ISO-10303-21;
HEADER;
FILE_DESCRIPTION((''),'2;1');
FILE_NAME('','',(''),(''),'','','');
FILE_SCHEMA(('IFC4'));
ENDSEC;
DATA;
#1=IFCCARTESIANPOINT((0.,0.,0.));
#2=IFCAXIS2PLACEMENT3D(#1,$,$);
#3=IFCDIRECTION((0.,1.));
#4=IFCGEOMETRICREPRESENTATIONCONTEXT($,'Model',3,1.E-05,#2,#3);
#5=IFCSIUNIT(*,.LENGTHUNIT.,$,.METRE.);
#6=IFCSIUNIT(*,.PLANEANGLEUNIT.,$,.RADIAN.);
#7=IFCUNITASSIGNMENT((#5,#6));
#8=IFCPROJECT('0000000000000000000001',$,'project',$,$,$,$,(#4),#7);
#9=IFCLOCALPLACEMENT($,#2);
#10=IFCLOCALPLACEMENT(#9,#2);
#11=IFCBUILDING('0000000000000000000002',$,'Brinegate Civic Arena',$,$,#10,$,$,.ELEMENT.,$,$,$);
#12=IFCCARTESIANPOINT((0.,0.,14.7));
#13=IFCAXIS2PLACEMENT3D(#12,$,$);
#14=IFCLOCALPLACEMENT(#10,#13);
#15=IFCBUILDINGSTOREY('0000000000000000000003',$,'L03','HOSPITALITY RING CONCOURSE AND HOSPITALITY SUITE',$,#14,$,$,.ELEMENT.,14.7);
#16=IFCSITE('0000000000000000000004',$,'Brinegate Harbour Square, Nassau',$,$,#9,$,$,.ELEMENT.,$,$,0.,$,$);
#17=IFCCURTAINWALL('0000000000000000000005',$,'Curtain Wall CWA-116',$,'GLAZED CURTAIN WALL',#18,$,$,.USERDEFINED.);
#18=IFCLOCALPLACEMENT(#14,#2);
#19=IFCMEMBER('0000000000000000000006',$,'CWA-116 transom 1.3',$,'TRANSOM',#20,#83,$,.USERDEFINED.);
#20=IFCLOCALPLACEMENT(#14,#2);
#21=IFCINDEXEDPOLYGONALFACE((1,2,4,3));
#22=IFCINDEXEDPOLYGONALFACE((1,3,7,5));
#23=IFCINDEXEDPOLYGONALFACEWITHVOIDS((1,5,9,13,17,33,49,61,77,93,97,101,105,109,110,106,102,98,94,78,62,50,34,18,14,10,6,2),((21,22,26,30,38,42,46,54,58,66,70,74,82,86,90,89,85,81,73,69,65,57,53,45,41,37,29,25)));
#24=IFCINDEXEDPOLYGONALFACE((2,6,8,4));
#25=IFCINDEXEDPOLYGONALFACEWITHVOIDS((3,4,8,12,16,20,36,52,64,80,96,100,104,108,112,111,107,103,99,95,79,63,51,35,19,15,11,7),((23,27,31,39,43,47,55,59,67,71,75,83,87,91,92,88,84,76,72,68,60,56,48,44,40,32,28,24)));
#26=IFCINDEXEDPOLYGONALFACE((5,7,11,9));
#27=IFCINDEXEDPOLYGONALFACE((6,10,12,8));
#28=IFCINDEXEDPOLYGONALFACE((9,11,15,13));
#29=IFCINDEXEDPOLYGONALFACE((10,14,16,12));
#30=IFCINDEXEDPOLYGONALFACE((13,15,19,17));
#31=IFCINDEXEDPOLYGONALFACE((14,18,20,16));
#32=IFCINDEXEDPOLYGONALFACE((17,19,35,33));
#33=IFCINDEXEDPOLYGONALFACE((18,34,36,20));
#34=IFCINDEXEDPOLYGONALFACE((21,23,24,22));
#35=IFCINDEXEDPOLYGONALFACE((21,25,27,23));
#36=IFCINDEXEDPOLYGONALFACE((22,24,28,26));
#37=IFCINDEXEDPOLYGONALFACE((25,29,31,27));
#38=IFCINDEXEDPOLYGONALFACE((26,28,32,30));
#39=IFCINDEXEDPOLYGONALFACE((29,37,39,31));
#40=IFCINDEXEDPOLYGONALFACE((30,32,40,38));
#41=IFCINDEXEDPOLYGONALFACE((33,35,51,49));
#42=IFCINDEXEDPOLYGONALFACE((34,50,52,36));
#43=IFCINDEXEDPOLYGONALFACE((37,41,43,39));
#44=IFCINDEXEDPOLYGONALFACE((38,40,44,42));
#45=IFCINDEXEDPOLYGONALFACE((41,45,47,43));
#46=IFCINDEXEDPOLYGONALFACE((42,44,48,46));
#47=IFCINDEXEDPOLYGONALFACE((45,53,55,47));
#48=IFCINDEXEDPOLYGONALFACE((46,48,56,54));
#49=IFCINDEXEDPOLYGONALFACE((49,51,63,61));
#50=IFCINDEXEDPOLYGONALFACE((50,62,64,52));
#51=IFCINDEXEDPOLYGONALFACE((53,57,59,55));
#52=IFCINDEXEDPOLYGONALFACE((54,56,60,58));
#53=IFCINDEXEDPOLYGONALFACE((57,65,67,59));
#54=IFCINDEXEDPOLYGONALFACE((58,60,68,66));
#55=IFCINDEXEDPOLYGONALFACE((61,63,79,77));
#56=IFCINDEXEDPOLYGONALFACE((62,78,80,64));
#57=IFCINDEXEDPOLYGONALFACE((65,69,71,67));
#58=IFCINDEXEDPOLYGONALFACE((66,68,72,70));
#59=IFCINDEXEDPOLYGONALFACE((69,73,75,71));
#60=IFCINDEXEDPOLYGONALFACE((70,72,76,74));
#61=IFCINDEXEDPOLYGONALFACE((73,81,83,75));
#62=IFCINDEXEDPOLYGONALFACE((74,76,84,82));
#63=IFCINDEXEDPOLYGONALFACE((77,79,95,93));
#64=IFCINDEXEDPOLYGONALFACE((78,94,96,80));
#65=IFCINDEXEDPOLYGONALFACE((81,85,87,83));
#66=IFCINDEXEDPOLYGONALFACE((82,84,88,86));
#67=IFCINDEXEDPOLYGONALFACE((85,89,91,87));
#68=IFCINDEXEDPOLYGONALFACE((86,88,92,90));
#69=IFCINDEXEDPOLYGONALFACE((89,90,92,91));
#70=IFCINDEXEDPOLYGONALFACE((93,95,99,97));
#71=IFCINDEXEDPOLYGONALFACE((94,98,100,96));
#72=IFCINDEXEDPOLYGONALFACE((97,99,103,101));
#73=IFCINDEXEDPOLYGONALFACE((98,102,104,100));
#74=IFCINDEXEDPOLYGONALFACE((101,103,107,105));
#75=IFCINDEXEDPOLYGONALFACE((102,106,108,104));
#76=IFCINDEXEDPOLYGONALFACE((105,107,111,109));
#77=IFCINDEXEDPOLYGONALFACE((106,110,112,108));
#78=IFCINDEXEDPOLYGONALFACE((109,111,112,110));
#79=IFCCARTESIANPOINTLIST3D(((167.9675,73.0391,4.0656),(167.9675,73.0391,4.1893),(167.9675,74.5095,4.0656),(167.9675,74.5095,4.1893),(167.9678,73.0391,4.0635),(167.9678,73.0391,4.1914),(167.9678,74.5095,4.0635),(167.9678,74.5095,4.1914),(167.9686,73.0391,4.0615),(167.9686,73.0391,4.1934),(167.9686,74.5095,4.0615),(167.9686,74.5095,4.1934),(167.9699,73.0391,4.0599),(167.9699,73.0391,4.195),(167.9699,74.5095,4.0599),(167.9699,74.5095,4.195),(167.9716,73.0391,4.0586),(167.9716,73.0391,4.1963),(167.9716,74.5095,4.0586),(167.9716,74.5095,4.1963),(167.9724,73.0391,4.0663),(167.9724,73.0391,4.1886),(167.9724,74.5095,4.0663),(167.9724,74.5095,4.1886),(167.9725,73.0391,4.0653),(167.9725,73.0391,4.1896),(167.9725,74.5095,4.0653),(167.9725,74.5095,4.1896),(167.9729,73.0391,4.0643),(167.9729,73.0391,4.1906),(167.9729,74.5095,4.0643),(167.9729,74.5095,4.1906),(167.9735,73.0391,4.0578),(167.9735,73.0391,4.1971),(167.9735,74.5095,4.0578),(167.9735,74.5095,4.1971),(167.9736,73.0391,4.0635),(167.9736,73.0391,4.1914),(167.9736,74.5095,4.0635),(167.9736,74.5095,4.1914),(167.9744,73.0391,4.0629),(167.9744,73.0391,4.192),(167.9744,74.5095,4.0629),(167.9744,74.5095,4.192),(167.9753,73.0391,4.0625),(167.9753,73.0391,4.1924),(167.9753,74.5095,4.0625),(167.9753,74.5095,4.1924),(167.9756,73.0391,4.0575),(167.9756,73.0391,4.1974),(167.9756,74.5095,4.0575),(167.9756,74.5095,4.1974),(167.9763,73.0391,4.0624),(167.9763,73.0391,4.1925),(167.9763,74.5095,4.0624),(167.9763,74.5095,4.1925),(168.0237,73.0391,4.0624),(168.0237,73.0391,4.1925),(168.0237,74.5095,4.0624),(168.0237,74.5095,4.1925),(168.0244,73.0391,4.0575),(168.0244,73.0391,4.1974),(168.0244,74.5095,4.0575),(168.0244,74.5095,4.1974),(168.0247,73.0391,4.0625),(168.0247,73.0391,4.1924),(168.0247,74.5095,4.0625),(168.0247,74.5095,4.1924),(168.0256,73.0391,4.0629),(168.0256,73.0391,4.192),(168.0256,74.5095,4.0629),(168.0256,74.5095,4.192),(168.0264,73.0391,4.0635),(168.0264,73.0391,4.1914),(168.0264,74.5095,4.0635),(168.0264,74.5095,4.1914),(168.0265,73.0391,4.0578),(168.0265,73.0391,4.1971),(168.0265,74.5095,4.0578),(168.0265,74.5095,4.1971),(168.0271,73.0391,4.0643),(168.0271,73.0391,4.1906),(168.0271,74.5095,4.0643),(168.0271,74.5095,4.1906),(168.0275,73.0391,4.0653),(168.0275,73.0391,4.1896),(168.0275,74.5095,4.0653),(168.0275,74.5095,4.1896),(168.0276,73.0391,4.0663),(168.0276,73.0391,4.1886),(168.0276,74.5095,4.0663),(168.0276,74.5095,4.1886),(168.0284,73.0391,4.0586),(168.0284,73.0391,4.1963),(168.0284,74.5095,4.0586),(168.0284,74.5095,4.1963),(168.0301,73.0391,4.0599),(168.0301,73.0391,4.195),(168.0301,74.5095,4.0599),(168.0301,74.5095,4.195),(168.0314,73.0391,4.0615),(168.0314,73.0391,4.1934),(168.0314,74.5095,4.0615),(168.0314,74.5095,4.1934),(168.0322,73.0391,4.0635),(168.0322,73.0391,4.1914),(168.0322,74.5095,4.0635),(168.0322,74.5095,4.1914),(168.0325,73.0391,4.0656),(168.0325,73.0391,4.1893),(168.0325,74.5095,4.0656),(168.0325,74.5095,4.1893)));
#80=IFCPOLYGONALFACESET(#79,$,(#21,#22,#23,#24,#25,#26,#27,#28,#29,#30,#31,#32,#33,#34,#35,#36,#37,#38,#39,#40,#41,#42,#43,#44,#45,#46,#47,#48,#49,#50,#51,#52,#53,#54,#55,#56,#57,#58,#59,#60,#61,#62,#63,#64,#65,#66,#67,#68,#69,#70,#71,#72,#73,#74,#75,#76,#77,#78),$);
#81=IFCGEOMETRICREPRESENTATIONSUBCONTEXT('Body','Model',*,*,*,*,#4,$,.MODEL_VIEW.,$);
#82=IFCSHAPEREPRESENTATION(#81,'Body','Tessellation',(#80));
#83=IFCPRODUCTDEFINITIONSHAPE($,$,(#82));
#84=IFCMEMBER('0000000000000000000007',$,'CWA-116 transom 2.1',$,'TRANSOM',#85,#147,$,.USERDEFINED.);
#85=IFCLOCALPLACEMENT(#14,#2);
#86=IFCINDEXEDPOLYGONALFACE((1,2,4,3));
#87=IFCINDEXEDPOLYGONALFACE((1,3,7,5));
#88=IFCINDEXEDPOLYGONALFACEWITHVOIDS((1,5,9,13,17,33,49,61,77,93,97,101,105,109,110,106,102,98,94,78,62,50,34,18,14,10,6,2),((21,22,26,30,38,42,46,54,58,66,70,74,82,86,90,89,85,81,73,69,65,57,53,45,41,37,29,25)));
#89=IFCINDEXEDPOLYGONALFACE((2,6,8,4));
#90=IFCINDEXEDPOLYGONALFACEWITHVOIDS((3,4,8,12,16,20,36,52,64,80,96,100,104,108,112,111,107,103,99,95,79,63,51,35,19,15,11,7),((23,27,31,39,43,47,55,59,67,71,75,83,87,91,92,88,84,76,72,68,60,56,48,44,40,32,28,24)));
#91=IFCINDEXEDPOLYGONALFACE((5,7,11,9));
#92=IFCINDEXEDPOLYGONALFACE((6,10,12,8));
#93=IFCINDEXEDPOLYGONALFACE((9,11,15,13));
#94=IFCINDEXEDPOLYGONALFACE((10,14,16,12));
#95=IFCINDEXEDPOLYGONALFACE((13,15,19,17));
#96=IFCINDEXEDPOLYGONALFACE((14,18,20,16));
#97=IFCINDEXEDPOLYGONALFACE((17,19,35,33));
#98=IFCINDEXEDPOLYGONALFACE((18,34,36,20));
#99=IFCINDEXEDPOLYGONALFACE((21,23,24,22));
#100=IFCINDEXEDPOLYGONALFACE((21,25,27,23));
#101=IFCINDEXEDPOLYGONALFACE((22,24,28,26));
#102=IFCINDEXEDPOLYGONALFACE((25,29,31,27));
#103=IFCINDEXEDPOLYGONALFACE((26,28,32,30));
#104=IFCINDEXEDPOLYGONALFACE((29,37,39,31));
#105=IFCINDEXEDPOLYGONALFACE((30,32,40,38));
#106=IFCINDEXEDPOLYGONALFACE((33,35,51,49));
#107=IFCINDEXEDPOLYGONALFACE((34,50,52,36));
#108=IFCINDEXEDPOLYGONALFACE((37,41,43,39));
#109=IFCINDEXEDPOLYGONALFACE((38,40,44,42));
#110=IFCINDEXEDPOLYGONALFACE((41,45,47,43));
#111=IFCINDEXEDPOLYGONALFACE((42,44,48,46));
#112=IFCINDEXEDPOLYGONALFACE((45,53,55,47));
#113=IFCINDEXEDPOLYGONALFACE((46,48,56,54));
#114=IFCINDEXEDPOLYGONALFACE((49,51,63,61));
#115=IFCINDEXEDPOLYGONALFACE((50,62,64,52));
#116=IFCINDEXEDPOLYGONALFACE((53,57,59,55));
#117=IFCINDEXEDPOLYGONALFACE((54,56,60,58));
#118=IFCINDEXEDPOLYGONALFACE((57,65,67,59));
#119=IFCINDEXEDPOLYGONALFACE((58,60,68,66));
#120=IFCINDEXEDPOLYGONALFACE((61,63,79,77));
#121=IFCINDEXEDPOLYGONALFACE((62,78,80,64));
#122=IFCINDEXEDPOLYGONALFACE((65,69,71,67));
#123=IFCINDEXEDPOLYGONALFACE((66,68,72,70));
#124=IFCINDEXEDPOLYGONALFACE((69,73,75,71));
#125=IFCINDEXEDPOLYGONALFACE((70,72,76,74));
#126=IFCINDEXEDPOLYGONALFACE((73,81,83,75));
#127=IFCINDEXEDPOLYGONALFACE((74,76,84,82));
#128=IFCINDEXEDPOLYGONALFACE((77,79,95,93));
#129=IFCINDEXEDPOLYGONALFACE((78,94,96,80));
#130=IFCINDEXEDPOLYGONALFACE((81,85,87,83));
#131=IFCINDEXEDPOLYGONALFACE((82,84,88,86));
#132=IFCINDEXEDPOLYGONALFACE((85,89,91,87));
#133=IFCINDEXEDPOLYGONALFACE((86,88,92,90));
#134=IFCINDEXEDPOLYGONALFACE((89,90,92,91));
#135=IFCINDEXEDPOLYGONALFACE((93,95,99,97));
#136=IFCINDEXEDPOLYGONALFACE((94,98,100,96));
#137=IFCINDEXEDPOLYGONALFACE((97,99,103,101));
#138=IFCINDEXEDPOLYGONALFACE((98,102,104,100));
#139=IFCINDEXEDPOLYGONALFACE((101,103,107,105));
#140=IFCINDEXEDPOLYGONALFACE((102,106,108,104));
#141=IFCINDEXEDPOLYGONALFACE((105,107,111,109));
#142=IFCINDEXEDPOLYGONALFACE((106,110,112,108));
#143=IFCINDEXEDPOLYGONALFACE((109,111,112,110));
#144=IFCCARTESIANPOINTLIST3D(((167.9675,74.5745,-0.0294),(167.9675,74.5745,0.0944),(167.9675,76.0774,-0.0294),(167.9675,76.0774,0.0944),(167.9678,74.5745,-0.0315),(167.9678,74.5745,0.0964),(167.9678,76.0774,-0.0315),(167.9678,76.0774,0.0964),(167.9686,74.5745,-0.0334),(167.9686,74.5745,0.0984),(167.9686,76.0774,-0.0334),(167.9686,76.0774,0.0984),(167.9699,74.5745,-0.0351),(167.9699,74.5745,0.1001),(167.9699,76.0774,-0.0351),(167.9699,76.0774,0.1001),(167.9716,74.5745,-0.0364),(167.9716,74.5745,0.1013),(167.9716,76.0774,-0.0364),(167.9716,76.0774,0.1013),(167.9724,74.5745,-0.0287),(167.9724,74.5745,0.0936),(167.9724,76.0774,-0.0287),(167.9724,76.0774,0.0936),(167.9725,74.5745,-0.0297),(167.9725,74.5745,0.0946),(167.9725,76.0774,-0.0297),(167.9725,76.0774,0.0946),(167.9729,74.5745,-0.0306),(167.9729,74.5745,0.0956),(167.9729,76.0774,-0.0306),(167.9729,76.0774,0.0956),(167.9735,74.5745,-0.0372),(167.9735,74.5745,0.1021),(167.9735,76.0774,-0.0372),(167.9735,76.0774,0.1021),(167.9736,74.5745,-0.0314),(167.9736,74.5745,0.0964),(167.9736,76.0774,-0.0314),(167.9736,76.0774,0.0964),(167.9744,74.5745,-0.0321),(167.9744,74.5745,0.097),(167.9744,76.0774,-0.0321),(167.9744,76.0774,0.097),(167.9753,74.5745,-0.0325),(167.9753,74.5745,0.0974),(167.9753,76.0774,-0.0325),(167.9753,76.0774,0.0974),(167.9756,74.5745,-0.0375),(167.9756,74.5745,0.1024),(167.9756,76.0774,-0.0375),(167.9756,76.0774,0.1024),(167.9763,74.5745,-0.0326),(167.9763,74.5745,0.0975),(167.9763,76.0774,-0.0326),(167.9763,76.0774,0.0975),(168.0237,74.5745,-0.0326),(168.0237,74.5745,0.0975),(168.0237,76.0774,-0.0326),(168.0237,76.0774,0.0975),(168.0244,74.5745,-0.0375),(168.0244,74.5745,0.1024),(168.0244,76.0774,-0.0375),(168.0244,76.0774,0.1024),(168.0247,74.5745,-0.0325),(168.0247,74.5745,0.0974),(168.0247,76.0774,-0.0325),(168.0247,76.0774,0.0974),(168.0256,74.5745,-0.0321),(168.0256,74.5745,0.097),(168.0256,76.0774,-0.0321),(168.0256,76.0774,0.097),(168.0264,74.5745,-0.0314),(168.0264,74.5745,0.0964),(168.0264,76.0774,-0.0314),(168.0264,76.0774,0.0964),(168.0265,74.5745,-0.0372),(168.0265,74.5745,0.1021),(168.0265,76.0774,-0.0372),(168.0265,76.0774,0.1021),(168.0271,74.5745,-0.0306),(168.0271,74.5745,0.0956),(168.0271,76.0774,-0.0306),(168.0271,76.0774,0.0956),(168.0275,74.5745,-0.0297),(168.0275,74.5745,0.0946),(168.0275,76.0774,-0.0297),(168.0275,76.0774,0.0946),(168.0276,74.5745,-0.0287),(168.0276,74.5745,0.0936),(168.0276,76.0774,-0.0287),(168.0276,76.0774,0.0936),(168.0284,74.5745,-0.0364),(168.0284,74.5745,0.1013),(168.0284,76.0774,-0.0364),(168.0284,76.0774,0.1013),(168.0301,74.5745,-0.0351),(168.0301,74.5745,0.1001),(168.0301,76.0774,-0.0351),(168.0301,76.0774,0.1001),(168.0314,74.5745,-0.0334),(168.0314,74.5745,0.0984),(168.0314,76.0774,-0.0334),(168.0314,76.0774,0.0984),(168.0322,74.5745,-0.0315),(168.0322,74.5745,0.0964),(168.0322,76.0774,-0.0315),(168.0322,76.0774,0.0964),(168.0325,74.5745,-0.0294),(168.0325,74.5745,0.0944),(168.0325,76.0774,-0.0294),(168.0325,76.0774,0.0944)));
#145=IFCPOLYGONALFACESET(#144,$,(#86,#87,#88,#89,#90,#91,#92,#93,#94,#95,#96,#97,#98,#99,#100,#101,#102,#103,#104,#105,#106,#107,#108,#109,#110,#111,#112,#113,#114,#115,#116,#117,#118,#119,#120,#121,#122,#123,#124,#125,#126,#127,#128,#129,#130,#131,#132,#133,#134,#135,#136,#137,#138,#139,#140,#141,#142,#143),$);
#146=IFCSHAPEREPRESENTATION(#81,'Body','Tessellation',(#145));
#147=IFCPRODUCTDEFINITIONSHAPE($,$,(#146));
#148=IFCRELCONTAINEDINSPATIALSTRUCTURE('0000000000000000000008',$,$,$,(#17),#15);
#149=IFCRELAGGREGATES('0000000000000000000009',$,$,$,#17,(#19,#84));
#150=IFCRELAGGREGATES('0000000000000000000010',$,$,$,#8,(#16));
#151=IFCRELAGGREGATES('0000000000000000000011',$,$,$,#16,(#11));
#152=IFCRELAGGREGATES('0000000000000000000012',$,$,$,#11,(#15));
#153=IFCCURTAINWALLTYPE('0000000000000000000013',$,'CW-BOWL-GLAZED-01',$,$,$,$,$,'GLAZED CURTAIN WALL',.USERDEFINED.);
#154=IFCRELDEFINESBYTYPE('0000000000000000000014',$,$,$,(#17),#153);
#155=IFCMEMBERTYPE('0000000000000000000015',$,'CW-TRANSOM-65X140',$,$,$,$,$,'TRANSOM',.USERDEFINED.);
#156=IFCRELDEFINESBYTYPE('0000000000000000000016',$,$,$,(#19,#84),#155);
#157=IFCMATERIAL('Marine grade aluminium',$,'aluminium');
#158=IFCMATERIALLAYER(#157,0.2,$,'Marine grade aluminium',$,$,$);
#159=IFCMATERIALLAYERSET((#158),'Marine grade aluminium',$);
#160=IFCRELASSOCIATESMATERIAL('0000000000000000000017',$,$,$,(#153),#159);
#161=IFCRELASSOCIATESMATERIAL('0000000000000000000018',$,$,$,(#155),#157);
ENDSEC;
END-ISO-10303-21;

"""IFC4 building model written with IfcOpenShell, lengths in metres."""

from ifc_helpers import new_model, si_unit, direction, frame, origin, origin_2d, place, context, subcontext, project, spatial, hollow_rectangle, extrude, material, layer, layer_set, material_profile, profile_set, type_object, element, aggregate, save


model = new_model("IFC4")

# Units and contexts
model_context = context("Model", 3, precision=1e-05, world=origin(), true_north=direction((0.0, 1.0)))
body_context = subcontext(model_context, "Body", "Model", "MODEL_VIEW")
ifc_project = project(units=[si_unit("LENGTHUNIT", "METRE"), si_unit("PLANEANGLEUNIT", "RADIAN")], contexts=[model_context])

# Site, building, storey
site_placement = place(None, origin())
site = spatial("IfcSite", under=ifc_project, at=site_placement, Name="Brinegate Harbour Square, Nassau", CompositionType="ELEMENT", RefElevation=0.0)
building_placement = place(site_placement, origin())
building = spatial("IfcBuilding", under=site, at=building_placement, Name="Brinegate Civic Arena", CompositionType="ELEMENT")
storey_placement = place(building_placement, frame((0.0, 0.0, 14.7)))
storey = spatial("IfcBuildingStorey", under=building, at=storey_placement, Name="L03", Description="HOSPITALITY RING CONCOURSE AND HOSPITALITY SUITE", CompositionType="ELEMENT", Elevation=14.7)

# Curtain wall
ifc_material_1 = material(Name="Marine grade aluminium", Category="aluminium")
ifc_layer_1 = layer(ifc_material_1, 0.2, Name="Marine grade aluminium")
ifc_layer_set_1 = layer_set([ifc_layer_1], Name="Marine grade aluminium")
curtain_wall_type = type_object("IfcCurtainWallType", Name="CW-BOWL-GLAZED-01", ElementType="GLAZED CURTAIN WALL", PredefinedType="USERDEFINED", material=ifc_layer_set_1)
curtain_wall_1_placement = place(storey_placement, origin())
curtain_wall_1 = element("IfcCurtainWall", 1, at=curtain_wall_1_placement, inside=storey, type_object=curtain_wall_type, Name="Curtain Wall CWA-116", ObjectType="GLAZED CURTAIN WALL", PredefinedType="USERDEFINED")

# Members
ifc_material_profile_1 = material_profile(ifc_material_1, hollow_rectangle(XDim=0.0649, YDim=0.1399, WallThickness=0.0049, InnerFilletRadius=0.0039, OuterFilletRadius=0.0081, at=origin_2d()), Name="TRN65X140")
ifc_profile_set_1 = profile_set([ifc_material_profile_1], Name="Marine grade aluminium")
member_type_1 = type_object("IfcMemberType", Name="CW-TRANSOM-65X140", ElementType="TRANSOM", PredefinedType="USERDEFINED", material=ifc_profile_set_1)
member_1_placement = place(storey_placement, frame((168.0, 73.0391, 4.1274), z_axis=(0.0, 1.0, 0.0), x_axis=(-1.0, 0.0, 0.0)))
member_1 = element("IfcMember", 2, at=member_1_placement, type_object=member_type_1, Name="CWA-116 transom 1.3", ObjectType="TRANSOM", PredefinedType="USERDEFINED", context=body_context, shape_type="SweptSolid", body=[
    extrude(hollow_rectangle(XDim=0.0649, YDim=0.1399, WallThickness=0.0049, InnerFilletRadius=0.0039, OuterFilletRadius=0.0081, at=origin_2d()), origin(), (0.0, 0.0, 1.0), 1.4705),
])
member_2_placement = place(storey_placement, frame((168.0, 74.5745, 0.0325), z_axis=(0.0, 1.0, 0.0), x_axis=(-1.0, 0.0, 0.0)))
member_2 = element("IfcMember", 3, at=member_2_placement, type_object=member_type_1, Name="CWA-116 transom 2.1", ObjectType="TRANSOM", PredefinedType="USERDEFINED", context=body_context, shape_type="SweptSolid", body=[
    extrude(hollow_rectangle(XDim=0.0649, YDim=0.1399, WallThickness=0.0049, InnerFilletRadius=0.0039, OuterFilletRadius=0.0081, at=origin_2d()), origin(), (0.0, 0.0, 1.0), 1.5029),
])

aggregate(curtain_wall_1, [member_1, member_2])

save(model, "model.ifc")
